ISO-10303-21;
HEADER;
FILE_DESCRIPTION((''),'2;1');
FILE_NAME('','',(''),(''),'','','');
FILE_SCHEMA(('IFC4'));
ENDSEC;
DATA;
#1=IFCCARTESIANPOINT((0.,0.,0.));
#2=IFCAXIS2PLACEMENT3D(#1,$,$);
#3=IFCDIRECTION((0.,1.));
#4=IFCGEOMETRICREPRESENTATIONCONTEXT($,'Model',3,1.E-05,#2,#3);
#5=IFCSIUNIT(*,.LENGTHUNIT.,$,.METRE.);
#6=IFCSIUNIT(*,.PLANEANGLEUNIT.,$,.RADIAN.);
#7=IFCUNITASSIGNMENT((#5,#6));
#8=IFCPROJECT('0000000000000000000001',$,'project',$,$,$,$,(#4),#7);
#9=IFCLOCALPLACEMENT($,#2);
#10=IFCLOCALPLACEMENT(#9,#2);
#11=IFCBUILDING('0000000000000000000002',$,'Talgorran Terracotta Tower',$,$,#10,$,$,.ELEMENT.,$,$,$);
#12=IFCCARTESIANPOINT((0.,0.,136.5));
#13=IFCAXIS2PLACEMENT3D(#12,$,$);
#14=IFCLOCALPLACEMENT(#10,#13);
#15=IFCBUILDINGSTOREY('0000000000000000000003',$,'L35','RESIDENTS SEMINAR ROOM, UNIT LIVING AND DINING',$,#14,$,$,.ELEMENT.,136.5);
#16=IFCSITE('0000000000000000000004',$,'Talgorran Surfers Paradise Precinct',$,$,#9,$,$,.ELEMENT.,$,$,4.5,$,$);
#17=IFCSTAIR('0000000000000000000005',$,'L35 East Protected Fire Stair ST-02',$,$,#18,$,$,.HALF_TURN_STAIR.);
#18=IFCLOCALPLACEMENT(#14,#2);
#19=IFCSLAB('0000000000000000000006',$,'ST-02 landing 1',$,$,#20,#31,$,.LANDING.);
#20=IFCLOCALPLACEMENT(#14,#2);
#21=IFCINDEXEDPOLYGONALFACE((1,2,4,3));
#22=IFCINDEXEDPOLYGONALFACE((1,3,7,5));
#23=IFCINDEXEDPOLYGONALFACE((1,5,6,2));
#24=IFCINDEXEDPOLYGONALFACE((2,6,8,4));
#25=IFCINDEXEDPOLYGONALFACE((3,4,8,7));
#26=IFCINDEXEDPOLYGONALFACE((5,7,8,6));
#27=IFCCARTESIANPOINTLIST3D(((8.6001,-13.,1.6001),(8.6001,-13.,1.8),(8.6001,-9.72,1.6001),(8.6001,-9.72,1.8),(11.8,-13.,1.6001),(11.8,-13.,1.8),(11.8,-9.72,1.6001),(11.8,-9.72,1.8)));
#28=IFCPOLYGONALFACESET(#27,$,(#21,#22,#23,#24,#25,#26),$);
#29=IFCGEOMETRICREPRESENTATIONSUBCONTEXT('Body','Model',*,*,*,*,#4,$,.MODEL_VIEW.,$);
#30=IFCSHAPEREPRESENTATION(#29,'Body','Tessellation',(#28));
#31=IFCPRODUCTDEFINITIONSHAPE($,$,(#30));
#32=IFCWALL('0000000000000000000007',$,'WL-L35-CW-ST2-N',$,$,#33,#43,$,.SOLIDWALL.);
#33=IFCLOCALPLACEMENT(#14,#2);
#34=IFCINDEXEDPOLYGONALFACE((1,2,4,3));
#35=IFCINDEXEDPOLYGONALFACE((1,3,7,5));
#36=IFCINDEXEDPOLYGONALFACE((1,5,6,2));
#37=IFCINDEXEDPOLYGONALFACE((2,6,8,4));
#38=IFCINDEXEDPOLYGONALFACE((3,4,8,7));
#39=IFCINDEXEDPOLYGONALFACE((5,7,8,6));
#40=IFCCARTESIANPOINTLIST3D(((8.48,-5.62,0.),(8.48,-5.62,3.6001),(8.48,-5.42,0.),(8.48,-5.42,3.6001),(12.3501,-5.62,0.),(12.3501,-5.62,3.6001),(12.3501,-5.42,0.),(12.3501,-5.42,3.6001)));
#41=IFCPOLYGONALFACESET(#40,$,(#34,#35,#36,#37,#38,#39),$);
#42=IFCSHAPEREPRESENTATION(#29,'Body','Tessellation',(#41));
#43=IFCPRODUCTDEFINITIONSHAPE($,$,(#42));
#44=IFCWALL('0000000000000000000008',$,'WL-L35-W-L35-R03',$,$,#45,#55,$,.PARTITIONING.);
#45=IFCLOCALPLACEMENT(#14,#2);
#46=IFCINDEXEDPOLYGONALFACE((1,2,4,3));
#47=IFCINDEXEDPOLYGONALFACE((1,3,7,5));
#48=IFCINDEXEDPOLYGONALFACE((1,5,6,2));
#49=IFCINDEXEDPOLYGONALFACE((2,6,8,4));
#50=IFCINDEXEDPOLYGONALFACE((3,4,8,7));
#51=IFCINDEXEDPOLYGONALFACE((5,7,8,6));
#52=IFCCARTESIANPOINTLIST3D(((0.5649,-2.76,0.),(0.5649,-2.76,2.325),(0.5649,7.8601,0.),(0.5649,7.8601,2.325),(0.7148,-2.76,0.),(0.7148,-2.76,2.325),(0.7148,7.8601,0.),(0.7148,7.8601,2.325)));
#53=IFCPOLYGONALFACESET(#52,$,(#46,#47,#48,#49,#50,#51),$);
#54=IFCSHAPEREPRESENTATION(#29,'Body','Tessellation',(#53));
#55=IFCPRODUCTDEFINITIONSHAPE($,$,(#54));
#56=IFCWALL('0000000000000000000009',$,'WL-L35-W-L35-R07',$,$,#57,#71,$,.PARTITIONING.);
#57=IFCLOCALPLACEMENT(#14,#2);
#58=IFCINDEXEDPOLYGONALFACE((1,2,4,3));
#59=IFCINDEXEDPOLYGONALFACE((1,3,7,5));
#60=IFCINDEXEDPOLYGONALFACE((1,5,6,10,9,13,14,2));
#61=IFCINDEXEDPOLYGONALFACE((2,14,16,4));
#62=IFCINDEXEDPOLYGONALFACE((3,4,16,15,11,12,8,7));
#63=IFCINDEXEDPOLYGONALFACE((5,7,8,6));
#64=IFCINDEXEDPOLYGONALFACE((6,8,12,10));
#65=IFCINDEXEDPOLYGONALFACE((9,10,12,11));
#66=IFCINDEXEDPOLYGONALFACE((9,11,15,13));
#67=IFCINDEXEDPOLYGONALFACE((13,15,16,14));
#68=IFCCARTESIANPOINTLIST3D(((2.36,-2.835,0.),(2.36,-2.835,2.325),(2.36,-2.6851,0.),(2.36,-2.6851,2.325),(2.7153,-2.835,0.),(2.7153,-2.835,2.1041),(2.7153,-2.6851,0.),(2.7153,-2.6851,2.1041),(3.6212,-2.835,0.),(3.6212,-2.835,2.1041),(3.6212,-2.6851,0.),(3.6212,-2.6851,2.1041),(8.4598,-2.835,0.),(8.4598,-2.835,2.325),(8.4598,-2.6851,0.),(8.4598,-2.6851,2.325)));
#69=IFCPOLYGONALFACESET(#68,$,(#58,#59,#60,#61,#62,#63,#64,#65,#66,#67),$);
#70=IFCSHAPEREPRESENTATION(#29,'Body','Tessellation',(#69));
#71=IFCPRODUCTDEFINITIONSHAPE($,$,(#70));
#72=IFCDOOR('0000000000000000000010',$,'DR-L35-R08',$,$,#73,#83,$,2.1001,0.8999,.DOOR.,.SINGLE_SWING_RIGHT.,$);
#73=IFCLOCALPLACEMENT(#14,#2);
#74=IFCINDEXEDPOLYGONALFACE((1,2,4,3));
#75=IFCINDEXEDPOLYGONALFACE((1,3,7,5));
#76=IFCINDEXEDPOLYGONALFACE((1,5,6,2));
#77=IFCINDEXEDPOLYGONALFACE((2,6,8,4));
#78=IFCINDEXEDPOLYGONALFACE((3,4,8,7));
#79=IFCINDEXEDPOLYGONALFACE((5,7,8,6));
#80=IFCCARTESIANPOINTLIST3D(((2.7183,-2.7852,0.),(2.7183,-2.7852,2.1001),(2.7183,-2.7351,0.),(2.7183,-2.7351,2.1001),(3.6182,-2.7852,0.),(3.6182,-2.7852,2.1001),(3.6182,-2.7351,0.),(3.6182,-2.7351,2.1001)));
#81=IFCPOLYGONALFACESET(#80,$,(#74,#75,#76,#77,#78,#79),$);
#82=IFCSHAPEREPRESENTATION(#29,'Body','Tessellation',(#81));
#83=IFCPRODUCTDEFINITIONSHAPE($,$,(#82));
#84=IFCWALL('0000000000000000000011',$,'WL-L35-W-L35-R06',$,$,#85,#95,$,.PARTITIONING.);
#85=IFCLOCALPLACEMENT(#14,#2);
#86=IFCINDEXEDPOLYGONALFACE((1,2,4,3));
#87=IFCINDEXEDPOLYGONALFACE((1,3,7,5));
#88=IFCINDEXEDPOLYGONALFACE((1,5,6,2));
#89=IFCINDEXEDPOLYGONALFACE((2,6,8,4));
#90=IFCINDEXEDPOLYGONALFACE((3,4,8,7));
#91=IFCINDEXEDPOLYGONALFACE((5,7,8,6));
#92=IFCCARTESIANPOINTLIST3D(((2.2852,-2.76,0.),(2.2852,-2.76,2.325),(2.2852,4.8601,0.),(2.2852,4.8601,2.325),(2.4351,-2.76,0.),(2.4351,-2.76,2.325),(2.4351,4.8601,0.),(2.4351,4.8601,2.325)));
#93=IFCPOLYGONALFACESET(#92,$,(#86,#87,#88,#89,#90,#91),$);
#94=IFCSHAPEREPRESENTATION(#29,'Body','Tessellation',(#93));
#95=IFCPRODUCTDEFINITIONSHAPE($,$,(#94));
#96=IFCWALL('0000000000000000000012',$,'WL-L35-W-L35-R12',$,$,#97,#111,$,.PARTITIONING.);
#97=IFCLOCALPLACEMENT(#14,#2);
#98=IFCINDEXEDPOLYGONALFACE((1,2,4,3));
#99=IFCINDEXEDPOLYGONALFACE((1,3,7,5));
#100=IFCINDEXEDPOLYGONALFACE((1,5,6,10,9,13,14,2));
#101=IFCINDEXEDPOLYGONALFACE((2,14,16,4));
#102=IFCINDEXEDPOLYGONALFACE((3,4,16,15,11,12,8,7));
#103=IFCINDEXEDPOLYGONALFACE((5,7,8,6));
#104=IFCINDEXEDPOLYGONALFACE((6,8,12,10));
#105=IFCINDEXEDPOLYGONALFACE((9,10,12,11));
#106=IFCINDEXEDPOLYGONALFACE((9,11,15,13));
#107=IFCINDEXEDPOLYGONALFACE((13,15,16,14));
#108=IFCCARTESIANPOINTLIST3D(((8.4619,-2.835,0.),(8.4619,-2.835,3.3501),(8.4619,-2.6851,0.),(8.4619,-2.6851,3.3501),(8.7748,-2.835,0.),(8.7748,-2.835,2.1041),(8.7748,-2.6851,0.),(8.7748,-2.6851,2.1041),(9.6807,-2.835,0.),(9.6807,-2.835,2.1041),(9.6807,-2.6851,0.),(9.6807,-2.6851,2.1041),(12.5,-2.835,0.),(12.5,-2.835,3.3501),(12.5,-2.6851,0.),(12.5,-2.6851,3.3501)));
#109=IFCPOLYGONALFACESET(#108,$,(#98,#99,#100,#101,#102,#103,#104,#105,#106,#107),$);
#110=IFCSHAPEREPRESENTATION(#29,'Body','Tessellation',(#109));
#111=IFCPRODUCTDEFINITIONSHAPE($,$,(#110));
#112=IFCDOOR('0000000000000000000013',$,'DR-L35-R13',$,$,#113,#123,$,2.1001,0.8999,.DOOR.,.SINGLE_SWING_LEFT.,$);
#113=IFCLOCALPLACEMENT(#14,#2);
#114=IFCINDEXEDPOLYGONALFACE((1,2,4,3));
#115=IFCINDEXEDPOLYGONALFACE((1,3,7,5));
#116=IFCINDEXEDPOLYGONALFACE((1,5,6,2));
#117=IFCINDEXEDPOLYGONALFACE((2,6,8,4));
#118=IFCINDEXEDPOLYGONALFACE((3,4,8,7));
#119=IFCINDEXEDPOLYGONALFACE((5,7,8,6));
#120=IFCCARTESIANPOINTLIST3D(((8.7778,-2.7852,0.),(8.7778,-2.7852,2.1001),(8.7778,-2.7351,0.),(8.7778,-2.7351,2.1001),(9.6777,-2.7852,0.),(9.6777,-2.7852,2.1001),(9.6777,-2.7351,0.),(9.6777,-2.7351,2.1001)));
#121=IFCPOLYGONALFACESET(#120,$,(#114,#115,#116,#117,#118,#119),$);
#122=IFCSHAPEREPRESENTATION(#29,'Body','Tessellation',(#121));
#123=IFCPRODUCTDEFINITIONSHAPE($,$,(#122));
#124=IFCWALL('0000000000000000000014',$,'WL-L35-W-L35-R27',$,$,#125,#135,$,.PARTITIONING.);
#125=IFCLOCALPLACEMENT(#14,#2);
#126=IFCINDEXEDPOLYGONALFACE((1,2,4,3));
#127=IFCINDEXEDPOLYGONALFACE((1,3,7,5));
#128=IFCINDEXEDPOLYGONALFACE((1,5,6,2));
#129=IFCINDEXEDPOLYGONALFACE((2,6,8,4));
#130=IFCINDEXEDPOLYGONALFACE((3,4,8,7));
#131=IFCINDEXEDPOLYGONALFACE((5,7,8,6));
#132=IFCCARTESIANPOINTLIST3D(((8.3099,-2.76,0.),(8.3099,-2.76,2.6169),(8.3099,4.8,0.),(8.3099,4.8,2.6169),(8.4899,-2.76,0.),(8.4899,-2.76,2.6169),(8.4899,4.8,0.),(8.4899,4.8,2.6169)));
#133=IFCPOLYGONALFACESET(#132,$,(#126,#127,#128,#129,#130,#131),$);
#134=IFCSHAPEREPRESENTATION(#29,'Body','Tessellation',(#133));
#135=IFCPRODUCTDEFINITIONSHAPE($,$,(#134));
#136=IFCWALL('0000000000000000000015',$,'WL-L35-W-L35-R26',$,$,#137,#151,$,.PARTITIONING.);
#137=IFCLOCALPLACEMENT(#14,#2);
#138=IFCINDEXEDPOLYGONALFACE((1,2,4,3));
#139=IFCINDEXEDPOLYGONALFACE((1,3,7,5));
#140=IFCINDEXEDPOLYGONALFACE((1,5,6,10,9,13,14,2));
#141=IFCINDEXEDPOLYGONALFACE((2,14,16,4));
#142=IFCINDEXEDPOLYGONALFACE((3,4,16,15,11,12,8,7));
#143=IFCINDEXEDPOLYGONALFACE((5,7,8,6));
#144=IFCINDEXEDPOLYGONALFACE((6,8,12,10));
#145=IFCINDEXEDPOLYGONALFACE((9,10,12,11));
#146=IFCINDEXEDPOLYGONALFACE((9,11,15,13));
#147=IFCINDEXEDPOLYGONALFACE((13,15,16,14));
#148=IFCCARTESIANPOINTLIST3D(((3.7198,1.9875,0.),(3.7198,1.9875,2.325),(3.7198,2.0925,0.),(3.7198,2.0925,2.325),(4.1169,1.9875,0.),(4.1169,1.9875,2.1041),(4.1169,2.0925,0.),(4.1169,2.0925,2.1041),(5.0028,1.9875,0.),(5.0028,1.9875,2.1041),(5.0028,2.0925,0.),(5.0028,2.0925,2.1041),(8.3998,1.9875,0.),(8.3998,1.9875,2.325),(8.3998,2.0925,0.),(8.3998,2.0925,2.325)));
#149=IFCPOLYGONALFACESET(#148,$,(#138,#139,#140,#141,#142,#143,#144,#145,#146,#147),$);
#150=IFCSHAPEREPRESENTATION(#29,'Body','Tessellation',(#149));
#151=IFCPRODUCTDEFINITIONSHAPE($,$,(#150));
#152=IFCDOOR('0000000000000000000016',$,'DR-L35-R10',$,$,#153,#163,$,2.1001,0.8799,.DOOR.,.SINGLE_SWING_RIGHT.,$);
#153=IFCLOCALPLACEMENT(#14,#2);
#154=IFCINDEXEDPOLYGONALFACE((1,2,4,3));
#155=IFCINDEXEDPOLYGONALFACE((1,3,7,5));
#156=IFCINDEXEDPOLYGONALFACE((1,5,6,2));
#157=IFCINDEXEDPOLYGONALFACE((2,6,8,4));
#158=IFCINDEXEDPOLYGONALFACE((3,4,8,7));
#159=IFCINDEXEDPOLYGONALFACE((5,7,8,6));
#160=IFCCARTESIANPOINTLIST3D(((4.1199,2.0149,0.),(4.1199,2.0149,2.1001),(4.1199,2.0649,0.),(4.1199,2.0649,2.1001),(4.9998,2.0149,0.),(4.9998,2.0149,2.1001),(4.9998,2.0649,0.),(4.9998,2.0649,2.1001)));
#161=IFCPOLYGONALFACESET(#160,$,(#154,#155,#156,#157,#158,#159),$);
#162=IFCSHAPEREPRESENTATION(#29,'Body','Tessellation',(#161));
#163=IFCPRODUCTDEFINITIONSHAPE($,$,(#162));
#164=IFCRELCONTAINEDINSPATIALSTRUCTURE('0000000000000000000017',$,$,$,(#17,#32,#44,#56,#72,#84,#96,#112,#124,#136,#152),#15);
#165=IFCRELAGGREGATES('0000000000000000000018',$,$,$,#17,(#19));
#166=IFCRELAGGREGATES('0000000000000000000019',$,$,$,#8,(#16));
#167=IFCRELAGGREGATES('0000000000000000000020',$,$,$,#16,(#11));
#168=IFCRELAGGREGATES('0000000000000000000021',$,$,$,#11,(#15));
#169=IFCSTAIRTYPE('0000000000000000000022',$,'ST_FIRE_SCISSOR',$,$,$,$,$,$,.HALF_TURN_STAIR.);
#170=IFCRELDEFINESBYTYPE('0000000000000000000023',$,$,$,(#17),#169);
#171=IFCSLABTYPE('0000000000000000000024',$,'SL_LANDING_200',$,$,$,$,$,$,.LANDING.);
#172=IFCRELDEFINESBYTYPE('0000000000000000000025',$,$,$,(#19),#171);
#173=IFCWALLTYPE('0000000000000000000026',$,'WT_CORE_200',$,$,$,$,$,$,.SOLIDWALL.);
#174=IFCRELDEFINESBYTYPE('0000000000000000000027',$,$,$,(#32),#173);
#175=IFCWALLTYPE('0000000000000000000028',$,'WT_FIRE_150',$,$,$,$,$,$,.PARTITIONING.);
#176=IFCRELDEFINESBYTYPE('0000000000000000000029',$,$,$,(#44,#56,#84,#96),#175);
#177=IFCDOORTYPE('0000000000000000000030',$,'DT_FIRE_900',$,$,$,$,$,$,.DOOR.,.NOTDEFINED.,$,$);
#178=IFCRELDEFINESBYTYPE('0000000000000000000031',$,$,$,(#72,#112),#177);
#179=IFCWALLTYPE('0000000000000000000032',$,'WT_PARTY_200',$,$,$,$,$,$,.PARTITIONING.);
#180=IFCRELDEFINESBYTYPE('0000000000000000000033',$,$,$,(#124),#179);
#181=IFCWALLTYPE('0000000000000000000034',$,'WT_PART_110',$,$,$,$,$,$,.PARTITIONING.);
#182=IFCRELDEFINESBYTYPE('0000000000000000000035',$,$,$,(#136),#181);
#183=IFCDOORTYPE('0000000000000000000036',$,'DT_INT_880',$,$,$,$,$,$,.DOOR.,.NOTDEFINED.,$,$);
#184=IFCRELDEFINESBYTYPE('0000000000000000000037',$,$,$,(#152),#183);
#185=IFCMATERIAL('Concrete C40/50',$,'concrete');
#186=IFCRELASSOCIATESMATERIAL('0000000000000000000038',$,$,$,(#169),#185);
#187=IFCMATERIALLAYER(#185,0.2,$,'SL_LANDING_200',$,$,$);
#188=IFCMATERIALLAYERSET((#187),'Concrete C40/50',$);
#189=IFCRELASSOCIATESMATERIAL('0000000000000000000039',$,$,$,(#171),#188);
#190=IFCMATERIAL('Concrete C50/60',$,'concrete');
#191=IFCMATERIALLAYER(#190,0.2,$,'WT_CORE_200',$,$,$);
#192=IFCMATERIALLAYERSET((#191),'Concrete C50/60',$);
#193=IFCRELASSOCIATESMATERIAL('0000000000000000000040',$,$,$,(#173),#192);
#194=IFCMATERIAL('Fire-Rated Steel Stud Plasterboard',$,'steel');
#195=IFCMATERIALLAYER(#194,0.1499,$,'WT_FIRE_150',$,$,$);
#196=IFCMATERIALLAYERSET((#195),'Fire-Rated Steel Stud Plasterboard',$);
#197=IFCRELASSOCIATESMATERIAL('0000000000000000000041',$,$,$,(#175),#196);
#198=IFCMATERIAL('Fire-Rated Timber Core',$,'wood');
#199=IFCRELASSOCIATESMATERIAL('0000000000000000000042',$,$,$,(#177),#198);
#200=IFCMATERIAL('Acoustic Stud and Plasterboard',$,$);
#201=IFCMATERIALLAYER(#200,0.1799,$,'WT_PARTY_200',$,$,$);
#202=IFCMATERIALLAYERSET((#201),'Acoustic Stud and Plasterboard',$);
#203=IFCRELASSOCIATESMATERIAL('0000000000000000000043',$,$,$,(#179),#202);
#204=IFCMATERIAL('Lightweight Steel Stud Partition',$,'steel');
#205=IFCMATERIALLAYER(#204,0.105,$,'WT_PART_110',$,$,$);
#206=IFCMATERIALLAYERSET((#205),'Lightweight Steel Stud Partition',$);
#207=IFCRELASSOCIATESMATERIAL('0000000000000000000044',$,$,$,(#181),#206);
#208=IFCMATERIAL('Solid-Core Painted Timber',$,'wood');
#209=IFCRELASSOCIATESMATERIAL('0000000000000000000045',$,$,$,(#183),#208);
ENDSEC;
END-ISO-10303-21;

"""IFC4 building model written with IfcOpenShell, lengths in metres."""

from ifc_helpers import new_model, si_unit, direction, frame, frame_2d, origin, place, context, subcontext, project, spatial, polyline, rectangle, outline, extrude, material, layer, layer_set, type_object, element, fill, aggregate, save


model = new_model("IFC4")

# Units and contexts
model_context = context("Model", 3, precision=1e-05, world=origin(), true_north=direction((0.0, 1.0)))
body_context = subcontext(model_context, "Body", "Model", "MODEL_VIEW")
ifc_project = project(units=[si_unit("LENGTHUNIT", "METRE"), si_unit("PLANEANGLEUNIT", "RADIAN")], contexts=[model_context])

# Site, building, storey
site_placement = place(None, origin())
site = spatial("IfcSite", under=ifc_project, at=site_placement, Name="Talgorran Surfers Paradise Precinct", CompositionType="ELEMENT", RefElevation=4.5)
building_placement = place(site_placement, origin())
building = spatial("IfcBuilding", under=site, at=building_placement, Name="Talgorran Terracotta Tower", CompositionType="ELEMENT")
storey_placement = place(building_placement, frame((0.0, 0.0, 136.5)))
storey = spatial("IfcBuildingStorey", under=building, at=storey_placement, Name="L35", Description="RESIDENTS SEMINAR ROOM, UNIT LIVING AND DINING", CompositionType="ELEMENT", Elevation=136.5)

# Stair, slab
ifc_material_1 = material(Name="Concrete C40/50", Category="concrete")
stair_type = type_object("IfcStairType", Name="ST_FIRE_SCISSOR", PredefinedType="HALF_TURN_STAIR", material=ifc_material_1)
ifc_layer_1 = layer(ifc_material_1, 0.2, Name="SL_LANDING_200")
ifc_layer_set_1 = layer_set([ifc_layer_1], Name="Concrete C40/50")
slab_type = type_object("IfcSlabType", Name="SL_LANDING_200", PredefinedType="LANDING", material=ifc_layer_set_1)
stair_1_placement = place(storey_placement, origin())
stair_1 = element("IfcStair", 1, at=stair_1_placement, inside=storey, type_object=stair_type, Name="L35 East Protected Fire Stair ST-02", PredefinedType="HALF_TURN_STAIR")
slab_1_placement = place(storey_placement, frame((0.0, 0.0, 1.6001)))
slab_1 = element("IfcSlab", 2, at=slab_1_placement, type_object=slab_type, Name="ST-02 landing 1", PredefinedType="LANDING", context=body_context, shape_type="SweptSolid", body=[
    extrude(outline(polyline([(8.6001, -9.72), (8.6001, -13.0), (11.8, -13.0), (11.8, -9.72), (8.6001, -9.72)])), origin(), (0.0, 0.0, 1.0), 0.2),
])
aggregate(stair_1, [slab_1])

# Walls
ifc_material_2 = material(Name="Concrete C50/60", Category="concrete")
ifc_layer_2 = layer(ifc_material_2, 0.2, Name="WT_CORE_200")
ifc_layer_set_2 = layer_set([ifc_layer_2], Name="Concrete C50/60")
wall_type_1 = type_object("IfcWallType", Name="WT_CORE_200", PredefinedType="SOLIDWALL", material=ifc_layer_set_2)
wall_1_placement = place(storey_placement, frame((8.48, -5.52, 0.0), z_axis=(0.0, 0.0, 1.0), x_axis=(1.0, 0.0, 0.0)))
element("IfcWall", 3, at=wall_1_placement, inside=storey, type_object=wall_type_1, Name="WL-L35-CW-ST2-N", PredefinedType="SOLIDWALL", context=body_context, shape_type="SweptSolid", body=[
    extrude(rectangle(XDim=3.8701, YDim=0.2, at=frame_2d((1.9351, 0.0))), origin(), (0.0, 0.0, 1.0), 3.6001),
])
ifc_material_3 = material(Name="Fire-Rated Steel Stud Plasterboard", Category="steel")
ifc_layer_3 = layer(ifc_material_3, 0.1499, Name="WT_FIRE_150")
ifc_layer_set_3 = layer_set([ifc_layer_3], Name="Fire-Rated Steel Stud Plasterboard")
wall_type_2 = type_object("IfcWallType", Name="WT_FIRE_150", PredefinedType="PARTITIONING", material=ifc_layer_set_3)
wall_2_placement = place(storey_placement, frame((0.6399, -2.76, 0.0), z_axis=(0.0, 0.0, 1.0), x_axis=(0.0, 1.0, 0.0)))
element("IfcWall", 4, at=wall_2_placement, inside=storey, type_object=wall_type_2, Name="WL-L35-W-L35-R03", PredefinedType="PARTITIONING", context=body_context, shape_type="SweptSolid", body=[
    extrude(rectangle(XDim=10.6201, YDim=0.1499, at=frame_2d((5.3101, 0.0))), origin(), (0.0, 0.0, 1.0), 2.325),
])

# Wall, opening, door
wall_3_placement = place(storey_placement, frame((2.3601, -2.76, 0.0), z_axis=(0.0, 0.0, 1.0), x_axis=(1.0, 0.0, 0.0)))
wall_3 = element("IfcWall", 5, at=wall_3_placement, inside=storey, type_object=wall_type_2, Name="WL-L35-W-L35-R07", PredefinedType="PARTITIONING", context=body_context, shape_type="SweptSolid", body=[
    extrude(rectangle(XDim=6.0999, YDim=0.1499, at=frame_2d((3.0498, 0.0))), origin(), (0.0, 0.0, 1.0), 2.325),
])
opening_1_placement = place(wall_3_placement, frame((0.3582, 0.0, 0.0)))
opening_1 = element("IfcOpeningElement", 6, at=opening_1_placement, cuts=wall_3, PredefinedType="OPENING", context=body_context, shape_type="SweptSolid", body=[
    extrude(rectangle(XDim=0.9059, YDim=2.1041, at=frame_2d((0.45, 1.052))), frame((0.0, 0.085, 0.0), z_axis=(0.0, -1.0, 0.0), x_axis=(1.0, 0.0, 0.0)), (0.0, 0.0, 1.0), 0.1699),
])
ifc_material_4 = material(Name="Fire-Rated Timber Core", Category="wood")
door_type_1 = type_object("IfcDoorType", Name="DT_FIRE_900", OperationType="NOTDEFINED", PredefinedType="DOOR", material=ifc_material_4)
door_1_placement = place(opening_1_placement, origin())
door_1 = element("IfcDoor", 7, at=door_1_placement, inside=storey, type_object=door_type_1, Name="DR-L35-R08", OperationType="SINGLE_SWING_RIGHT", OverallHeight=2.1001, OverallWidth=0.8999, PredefinedType="DOOR", context=body_context, shape_type="SweptSolid", body=[
    extrude(rectangle(XDim=0.8999, YDim=2.1001, at=frame_2d((0.45, 1.05))), frame((0.0, 0.0249, 0.0), z_axis=(0.0, -1.0, 0.0), x_axis=(1.0, 0.0, 0.0)), (0.0, 0.0, 1.0), 0.05),
])
fill(opening_1, door_1)

# Wall
wall_4_placement = place(storey_placement, frame((2.3601, -2.76, 0.0), z_axis=(0.0, 0.0, 1.0), x_axis=(0.0, 1.0, 0.0)))
element("IfcWall", 8, at=wall_4_placement, inside=storey, type_object=wall_type_2, Name="WL-L35-W-L35-R06", PredefinedType="PARTITIONING", context=body_context, shape_type="SweptSolid", body=[
    extrude(rectangle(XDim=7.6201, YDim=0.1499, at=frame_2d((3.8101, 0.0))), origin(), (0.0, 0.0, 1.0), 2.325),
])

# Wall, opening, door
wall_5_placement = place(storey_placement, frame((8.4619, -2.76, 0.0), z_axis=(0.0, 0.0, 1.0), x_axis=(1.0, 0.0, 0.0)))
wall_5 = element("IfcWall", 9, at=wall_5_placement, inside=storey, type_object=wall_type_2, Name="WL-L35-W-L35-R12", PredefinedType="PARTITIONING", context=body_context, shape_type="SweptSolid", body=[
    extrude(rectangle(XDim=4.0381, YDim=0.1499, at=frame_2d((2.019, 0.0))), origin(), (0.0, 0.0, 1.0), 3.3501),
])
opening_2_placement = place(wall_5_placement, frame((0.3159, 0.0, 0.0)))
opening_2 = element("IfcOpeningElement", 10, at=opening_2_placement, cuts=wall_5, PredefinedType="OPENING", context=body_context, shape_type="SweptSolid", body=[
    extrude(rectangle(XDim=0.9059, YDim=2.1041, at=frame_2d((0.45, 1.052))), frame((0.0, 0.085, 0.0), z_axis=(0.0, -1.0, 0.0), x_axis=(1.0, 0.0, 0.0)), (0.0, 0.0, 1.0), 0.1699),
])
door_2_placement = place(opening_2_placement, origin())
door_2 = element("IfcDoor", 11, at=door_2_placement, inside=storey, type_object=door_type_1, Name="DR-L35-R13", OperationType="SINGLE_SWING_LEFT", OverallHeight=2.1001, OverallWidth=0.8999, PredefinedType="DOOR", context=body_context, shape_type="SweptSolid", body=[
    extrude(rectangle(XDim=0.8999, YDim=2.1001, at=frame_2d((0.45, 1.05))), frame((0.0, 0.0249, 0.0), z_axis=(0.0, -1.0, 0.0), x_axis=(1.0, 0.0, 0.0)), (0.0, 0.0, 1.0), 0.05),
])
fill(opening_2, door_2)

# Wall
ifc_material_5 = material(Name="Acoustic Stud and Plasterboard")
ifc_layer_4 = layer(ifc_material_5, 0.1799, Name="WT_PARTY_200")
ifc_layer_set_4 = layer_set([ifc_layer_4], Name="Acoustic Stud and Plasterboard")
wall_type_3 = type_object("IfcWallType", Name="WT_PARTY_200", PredefinedType="PARTITIONING", material=ifc_layer_set_4)
wall_6_placement = place(storey_placement, frame((8.3999, -2.76, 0.0), z_axis=(0.0, 0.0, 1.0), x_axis=(0.0, 1.0, 0.0)))
element("IfcWall", 12, at=wall_6_placement, inside=storey, type_object=wall_type_3, Name="WL-L35-W-L35-R27", PredefinedType="PARTITIONING", context=body_context, shape_type="SweptSolid", body=[
    extrude(rectangle(XDim=7.5601, YDim=0.1799, at=frame_2d((3.78, 0.0))), origin(), (0.0, 0.0, 1.0), 2.6169),
])

# Wall, opening, door
ifc_material_6 = material(Name="Lightweight Steel Stud Partition", Category="steel")
ifc_layer_5 = layer(ifc_material_6, 0.105, Name="WT_PART_110")
ifc_layer_set_5 = layer_set([ifc_layer_5], Name="Lightweight Steel Stud Partition")
wall_type_4 = type_object("IfcWallType", Name="WT_PART_110", PredefinedType="PARTITIONING", material=ifc_layer_set_5)
wall_7_placement = place(storey_placement, frame((3.72, 2.04, 0.0), z_axis=(0.0, 0.0, 1.0), x_axis=(1.0, 0.0, 0.0)))
wall_7 = element("IfcWall", 13, at=wall_7_placement, inside=storey, type_object=wall_type_4, Name="WL-L35-W-L35-R26", PredefinedType="PARTITIONING", context=body_context, shape_type="SweptSolid", body=[
    extrude(rectangle(XDim=4.6799, YDim=0.105, at=frame_2d((2.3398, 0.0))), origin(), (0.0, 0.0, 1.0), 2.325),
])
opening_3_placement = place(wall_7_placement, frame((0.3999, 0.0, 0.0)))
opening_3 = element("IfcOpeningElement", 14, at=opening_3_placement, cuts=wall_7, PredefinedType="OPENING", context=body_context, shape_type="SweptSolid", body=[
    extrude(rectangle(XDim=0.8859, YDim=2.1041, at=frame_2d((0.4399, 1.052))), frame((0.0, 0.0625, 0.0), z_axis=(0.0, -1.0, 0.0), x_axis=(1.0, 0.0, 0.0)), (0.0, 0.0, 1.0), 0.125),
])
ifc_material_7 = material(Name="Solid-Core Painted Timber", Category="wood")
door_type_2 = type_object("IfcDoorType", Name="DT_INT_880", OperationType="NOTDEFINED", PredefinedType="DOOR", material=ifc_material_7)
door_3_placement = place(opening_3_placement, origin())
door_3 = element("IfcDoor", 15, at=door_3_placement, inside=storey, type_object=door_type_2, Name="DR-L35-R10", OperationType="SINGLE_SWING_RIGHT", OverallHeight=2.1001, OverallWidth=0.8799, PredefinedType="DOOR", context=body_context, shape_type="SweptSolid", body=[
    extrude(rectangle(XDim=0.8799, YDim=2.1001, at=frame_2d((0.4399, 1.05))), frame((0.0, 0.0249, 0.0), z_axis=(0.0, -1.0, 0.0), x_axis=(1.0, 0.0, 0.0)), (0.0, 0.0, 1.0), 0.05),
])
fill(opening_3, door_3)

save(model, "model.ifc")
